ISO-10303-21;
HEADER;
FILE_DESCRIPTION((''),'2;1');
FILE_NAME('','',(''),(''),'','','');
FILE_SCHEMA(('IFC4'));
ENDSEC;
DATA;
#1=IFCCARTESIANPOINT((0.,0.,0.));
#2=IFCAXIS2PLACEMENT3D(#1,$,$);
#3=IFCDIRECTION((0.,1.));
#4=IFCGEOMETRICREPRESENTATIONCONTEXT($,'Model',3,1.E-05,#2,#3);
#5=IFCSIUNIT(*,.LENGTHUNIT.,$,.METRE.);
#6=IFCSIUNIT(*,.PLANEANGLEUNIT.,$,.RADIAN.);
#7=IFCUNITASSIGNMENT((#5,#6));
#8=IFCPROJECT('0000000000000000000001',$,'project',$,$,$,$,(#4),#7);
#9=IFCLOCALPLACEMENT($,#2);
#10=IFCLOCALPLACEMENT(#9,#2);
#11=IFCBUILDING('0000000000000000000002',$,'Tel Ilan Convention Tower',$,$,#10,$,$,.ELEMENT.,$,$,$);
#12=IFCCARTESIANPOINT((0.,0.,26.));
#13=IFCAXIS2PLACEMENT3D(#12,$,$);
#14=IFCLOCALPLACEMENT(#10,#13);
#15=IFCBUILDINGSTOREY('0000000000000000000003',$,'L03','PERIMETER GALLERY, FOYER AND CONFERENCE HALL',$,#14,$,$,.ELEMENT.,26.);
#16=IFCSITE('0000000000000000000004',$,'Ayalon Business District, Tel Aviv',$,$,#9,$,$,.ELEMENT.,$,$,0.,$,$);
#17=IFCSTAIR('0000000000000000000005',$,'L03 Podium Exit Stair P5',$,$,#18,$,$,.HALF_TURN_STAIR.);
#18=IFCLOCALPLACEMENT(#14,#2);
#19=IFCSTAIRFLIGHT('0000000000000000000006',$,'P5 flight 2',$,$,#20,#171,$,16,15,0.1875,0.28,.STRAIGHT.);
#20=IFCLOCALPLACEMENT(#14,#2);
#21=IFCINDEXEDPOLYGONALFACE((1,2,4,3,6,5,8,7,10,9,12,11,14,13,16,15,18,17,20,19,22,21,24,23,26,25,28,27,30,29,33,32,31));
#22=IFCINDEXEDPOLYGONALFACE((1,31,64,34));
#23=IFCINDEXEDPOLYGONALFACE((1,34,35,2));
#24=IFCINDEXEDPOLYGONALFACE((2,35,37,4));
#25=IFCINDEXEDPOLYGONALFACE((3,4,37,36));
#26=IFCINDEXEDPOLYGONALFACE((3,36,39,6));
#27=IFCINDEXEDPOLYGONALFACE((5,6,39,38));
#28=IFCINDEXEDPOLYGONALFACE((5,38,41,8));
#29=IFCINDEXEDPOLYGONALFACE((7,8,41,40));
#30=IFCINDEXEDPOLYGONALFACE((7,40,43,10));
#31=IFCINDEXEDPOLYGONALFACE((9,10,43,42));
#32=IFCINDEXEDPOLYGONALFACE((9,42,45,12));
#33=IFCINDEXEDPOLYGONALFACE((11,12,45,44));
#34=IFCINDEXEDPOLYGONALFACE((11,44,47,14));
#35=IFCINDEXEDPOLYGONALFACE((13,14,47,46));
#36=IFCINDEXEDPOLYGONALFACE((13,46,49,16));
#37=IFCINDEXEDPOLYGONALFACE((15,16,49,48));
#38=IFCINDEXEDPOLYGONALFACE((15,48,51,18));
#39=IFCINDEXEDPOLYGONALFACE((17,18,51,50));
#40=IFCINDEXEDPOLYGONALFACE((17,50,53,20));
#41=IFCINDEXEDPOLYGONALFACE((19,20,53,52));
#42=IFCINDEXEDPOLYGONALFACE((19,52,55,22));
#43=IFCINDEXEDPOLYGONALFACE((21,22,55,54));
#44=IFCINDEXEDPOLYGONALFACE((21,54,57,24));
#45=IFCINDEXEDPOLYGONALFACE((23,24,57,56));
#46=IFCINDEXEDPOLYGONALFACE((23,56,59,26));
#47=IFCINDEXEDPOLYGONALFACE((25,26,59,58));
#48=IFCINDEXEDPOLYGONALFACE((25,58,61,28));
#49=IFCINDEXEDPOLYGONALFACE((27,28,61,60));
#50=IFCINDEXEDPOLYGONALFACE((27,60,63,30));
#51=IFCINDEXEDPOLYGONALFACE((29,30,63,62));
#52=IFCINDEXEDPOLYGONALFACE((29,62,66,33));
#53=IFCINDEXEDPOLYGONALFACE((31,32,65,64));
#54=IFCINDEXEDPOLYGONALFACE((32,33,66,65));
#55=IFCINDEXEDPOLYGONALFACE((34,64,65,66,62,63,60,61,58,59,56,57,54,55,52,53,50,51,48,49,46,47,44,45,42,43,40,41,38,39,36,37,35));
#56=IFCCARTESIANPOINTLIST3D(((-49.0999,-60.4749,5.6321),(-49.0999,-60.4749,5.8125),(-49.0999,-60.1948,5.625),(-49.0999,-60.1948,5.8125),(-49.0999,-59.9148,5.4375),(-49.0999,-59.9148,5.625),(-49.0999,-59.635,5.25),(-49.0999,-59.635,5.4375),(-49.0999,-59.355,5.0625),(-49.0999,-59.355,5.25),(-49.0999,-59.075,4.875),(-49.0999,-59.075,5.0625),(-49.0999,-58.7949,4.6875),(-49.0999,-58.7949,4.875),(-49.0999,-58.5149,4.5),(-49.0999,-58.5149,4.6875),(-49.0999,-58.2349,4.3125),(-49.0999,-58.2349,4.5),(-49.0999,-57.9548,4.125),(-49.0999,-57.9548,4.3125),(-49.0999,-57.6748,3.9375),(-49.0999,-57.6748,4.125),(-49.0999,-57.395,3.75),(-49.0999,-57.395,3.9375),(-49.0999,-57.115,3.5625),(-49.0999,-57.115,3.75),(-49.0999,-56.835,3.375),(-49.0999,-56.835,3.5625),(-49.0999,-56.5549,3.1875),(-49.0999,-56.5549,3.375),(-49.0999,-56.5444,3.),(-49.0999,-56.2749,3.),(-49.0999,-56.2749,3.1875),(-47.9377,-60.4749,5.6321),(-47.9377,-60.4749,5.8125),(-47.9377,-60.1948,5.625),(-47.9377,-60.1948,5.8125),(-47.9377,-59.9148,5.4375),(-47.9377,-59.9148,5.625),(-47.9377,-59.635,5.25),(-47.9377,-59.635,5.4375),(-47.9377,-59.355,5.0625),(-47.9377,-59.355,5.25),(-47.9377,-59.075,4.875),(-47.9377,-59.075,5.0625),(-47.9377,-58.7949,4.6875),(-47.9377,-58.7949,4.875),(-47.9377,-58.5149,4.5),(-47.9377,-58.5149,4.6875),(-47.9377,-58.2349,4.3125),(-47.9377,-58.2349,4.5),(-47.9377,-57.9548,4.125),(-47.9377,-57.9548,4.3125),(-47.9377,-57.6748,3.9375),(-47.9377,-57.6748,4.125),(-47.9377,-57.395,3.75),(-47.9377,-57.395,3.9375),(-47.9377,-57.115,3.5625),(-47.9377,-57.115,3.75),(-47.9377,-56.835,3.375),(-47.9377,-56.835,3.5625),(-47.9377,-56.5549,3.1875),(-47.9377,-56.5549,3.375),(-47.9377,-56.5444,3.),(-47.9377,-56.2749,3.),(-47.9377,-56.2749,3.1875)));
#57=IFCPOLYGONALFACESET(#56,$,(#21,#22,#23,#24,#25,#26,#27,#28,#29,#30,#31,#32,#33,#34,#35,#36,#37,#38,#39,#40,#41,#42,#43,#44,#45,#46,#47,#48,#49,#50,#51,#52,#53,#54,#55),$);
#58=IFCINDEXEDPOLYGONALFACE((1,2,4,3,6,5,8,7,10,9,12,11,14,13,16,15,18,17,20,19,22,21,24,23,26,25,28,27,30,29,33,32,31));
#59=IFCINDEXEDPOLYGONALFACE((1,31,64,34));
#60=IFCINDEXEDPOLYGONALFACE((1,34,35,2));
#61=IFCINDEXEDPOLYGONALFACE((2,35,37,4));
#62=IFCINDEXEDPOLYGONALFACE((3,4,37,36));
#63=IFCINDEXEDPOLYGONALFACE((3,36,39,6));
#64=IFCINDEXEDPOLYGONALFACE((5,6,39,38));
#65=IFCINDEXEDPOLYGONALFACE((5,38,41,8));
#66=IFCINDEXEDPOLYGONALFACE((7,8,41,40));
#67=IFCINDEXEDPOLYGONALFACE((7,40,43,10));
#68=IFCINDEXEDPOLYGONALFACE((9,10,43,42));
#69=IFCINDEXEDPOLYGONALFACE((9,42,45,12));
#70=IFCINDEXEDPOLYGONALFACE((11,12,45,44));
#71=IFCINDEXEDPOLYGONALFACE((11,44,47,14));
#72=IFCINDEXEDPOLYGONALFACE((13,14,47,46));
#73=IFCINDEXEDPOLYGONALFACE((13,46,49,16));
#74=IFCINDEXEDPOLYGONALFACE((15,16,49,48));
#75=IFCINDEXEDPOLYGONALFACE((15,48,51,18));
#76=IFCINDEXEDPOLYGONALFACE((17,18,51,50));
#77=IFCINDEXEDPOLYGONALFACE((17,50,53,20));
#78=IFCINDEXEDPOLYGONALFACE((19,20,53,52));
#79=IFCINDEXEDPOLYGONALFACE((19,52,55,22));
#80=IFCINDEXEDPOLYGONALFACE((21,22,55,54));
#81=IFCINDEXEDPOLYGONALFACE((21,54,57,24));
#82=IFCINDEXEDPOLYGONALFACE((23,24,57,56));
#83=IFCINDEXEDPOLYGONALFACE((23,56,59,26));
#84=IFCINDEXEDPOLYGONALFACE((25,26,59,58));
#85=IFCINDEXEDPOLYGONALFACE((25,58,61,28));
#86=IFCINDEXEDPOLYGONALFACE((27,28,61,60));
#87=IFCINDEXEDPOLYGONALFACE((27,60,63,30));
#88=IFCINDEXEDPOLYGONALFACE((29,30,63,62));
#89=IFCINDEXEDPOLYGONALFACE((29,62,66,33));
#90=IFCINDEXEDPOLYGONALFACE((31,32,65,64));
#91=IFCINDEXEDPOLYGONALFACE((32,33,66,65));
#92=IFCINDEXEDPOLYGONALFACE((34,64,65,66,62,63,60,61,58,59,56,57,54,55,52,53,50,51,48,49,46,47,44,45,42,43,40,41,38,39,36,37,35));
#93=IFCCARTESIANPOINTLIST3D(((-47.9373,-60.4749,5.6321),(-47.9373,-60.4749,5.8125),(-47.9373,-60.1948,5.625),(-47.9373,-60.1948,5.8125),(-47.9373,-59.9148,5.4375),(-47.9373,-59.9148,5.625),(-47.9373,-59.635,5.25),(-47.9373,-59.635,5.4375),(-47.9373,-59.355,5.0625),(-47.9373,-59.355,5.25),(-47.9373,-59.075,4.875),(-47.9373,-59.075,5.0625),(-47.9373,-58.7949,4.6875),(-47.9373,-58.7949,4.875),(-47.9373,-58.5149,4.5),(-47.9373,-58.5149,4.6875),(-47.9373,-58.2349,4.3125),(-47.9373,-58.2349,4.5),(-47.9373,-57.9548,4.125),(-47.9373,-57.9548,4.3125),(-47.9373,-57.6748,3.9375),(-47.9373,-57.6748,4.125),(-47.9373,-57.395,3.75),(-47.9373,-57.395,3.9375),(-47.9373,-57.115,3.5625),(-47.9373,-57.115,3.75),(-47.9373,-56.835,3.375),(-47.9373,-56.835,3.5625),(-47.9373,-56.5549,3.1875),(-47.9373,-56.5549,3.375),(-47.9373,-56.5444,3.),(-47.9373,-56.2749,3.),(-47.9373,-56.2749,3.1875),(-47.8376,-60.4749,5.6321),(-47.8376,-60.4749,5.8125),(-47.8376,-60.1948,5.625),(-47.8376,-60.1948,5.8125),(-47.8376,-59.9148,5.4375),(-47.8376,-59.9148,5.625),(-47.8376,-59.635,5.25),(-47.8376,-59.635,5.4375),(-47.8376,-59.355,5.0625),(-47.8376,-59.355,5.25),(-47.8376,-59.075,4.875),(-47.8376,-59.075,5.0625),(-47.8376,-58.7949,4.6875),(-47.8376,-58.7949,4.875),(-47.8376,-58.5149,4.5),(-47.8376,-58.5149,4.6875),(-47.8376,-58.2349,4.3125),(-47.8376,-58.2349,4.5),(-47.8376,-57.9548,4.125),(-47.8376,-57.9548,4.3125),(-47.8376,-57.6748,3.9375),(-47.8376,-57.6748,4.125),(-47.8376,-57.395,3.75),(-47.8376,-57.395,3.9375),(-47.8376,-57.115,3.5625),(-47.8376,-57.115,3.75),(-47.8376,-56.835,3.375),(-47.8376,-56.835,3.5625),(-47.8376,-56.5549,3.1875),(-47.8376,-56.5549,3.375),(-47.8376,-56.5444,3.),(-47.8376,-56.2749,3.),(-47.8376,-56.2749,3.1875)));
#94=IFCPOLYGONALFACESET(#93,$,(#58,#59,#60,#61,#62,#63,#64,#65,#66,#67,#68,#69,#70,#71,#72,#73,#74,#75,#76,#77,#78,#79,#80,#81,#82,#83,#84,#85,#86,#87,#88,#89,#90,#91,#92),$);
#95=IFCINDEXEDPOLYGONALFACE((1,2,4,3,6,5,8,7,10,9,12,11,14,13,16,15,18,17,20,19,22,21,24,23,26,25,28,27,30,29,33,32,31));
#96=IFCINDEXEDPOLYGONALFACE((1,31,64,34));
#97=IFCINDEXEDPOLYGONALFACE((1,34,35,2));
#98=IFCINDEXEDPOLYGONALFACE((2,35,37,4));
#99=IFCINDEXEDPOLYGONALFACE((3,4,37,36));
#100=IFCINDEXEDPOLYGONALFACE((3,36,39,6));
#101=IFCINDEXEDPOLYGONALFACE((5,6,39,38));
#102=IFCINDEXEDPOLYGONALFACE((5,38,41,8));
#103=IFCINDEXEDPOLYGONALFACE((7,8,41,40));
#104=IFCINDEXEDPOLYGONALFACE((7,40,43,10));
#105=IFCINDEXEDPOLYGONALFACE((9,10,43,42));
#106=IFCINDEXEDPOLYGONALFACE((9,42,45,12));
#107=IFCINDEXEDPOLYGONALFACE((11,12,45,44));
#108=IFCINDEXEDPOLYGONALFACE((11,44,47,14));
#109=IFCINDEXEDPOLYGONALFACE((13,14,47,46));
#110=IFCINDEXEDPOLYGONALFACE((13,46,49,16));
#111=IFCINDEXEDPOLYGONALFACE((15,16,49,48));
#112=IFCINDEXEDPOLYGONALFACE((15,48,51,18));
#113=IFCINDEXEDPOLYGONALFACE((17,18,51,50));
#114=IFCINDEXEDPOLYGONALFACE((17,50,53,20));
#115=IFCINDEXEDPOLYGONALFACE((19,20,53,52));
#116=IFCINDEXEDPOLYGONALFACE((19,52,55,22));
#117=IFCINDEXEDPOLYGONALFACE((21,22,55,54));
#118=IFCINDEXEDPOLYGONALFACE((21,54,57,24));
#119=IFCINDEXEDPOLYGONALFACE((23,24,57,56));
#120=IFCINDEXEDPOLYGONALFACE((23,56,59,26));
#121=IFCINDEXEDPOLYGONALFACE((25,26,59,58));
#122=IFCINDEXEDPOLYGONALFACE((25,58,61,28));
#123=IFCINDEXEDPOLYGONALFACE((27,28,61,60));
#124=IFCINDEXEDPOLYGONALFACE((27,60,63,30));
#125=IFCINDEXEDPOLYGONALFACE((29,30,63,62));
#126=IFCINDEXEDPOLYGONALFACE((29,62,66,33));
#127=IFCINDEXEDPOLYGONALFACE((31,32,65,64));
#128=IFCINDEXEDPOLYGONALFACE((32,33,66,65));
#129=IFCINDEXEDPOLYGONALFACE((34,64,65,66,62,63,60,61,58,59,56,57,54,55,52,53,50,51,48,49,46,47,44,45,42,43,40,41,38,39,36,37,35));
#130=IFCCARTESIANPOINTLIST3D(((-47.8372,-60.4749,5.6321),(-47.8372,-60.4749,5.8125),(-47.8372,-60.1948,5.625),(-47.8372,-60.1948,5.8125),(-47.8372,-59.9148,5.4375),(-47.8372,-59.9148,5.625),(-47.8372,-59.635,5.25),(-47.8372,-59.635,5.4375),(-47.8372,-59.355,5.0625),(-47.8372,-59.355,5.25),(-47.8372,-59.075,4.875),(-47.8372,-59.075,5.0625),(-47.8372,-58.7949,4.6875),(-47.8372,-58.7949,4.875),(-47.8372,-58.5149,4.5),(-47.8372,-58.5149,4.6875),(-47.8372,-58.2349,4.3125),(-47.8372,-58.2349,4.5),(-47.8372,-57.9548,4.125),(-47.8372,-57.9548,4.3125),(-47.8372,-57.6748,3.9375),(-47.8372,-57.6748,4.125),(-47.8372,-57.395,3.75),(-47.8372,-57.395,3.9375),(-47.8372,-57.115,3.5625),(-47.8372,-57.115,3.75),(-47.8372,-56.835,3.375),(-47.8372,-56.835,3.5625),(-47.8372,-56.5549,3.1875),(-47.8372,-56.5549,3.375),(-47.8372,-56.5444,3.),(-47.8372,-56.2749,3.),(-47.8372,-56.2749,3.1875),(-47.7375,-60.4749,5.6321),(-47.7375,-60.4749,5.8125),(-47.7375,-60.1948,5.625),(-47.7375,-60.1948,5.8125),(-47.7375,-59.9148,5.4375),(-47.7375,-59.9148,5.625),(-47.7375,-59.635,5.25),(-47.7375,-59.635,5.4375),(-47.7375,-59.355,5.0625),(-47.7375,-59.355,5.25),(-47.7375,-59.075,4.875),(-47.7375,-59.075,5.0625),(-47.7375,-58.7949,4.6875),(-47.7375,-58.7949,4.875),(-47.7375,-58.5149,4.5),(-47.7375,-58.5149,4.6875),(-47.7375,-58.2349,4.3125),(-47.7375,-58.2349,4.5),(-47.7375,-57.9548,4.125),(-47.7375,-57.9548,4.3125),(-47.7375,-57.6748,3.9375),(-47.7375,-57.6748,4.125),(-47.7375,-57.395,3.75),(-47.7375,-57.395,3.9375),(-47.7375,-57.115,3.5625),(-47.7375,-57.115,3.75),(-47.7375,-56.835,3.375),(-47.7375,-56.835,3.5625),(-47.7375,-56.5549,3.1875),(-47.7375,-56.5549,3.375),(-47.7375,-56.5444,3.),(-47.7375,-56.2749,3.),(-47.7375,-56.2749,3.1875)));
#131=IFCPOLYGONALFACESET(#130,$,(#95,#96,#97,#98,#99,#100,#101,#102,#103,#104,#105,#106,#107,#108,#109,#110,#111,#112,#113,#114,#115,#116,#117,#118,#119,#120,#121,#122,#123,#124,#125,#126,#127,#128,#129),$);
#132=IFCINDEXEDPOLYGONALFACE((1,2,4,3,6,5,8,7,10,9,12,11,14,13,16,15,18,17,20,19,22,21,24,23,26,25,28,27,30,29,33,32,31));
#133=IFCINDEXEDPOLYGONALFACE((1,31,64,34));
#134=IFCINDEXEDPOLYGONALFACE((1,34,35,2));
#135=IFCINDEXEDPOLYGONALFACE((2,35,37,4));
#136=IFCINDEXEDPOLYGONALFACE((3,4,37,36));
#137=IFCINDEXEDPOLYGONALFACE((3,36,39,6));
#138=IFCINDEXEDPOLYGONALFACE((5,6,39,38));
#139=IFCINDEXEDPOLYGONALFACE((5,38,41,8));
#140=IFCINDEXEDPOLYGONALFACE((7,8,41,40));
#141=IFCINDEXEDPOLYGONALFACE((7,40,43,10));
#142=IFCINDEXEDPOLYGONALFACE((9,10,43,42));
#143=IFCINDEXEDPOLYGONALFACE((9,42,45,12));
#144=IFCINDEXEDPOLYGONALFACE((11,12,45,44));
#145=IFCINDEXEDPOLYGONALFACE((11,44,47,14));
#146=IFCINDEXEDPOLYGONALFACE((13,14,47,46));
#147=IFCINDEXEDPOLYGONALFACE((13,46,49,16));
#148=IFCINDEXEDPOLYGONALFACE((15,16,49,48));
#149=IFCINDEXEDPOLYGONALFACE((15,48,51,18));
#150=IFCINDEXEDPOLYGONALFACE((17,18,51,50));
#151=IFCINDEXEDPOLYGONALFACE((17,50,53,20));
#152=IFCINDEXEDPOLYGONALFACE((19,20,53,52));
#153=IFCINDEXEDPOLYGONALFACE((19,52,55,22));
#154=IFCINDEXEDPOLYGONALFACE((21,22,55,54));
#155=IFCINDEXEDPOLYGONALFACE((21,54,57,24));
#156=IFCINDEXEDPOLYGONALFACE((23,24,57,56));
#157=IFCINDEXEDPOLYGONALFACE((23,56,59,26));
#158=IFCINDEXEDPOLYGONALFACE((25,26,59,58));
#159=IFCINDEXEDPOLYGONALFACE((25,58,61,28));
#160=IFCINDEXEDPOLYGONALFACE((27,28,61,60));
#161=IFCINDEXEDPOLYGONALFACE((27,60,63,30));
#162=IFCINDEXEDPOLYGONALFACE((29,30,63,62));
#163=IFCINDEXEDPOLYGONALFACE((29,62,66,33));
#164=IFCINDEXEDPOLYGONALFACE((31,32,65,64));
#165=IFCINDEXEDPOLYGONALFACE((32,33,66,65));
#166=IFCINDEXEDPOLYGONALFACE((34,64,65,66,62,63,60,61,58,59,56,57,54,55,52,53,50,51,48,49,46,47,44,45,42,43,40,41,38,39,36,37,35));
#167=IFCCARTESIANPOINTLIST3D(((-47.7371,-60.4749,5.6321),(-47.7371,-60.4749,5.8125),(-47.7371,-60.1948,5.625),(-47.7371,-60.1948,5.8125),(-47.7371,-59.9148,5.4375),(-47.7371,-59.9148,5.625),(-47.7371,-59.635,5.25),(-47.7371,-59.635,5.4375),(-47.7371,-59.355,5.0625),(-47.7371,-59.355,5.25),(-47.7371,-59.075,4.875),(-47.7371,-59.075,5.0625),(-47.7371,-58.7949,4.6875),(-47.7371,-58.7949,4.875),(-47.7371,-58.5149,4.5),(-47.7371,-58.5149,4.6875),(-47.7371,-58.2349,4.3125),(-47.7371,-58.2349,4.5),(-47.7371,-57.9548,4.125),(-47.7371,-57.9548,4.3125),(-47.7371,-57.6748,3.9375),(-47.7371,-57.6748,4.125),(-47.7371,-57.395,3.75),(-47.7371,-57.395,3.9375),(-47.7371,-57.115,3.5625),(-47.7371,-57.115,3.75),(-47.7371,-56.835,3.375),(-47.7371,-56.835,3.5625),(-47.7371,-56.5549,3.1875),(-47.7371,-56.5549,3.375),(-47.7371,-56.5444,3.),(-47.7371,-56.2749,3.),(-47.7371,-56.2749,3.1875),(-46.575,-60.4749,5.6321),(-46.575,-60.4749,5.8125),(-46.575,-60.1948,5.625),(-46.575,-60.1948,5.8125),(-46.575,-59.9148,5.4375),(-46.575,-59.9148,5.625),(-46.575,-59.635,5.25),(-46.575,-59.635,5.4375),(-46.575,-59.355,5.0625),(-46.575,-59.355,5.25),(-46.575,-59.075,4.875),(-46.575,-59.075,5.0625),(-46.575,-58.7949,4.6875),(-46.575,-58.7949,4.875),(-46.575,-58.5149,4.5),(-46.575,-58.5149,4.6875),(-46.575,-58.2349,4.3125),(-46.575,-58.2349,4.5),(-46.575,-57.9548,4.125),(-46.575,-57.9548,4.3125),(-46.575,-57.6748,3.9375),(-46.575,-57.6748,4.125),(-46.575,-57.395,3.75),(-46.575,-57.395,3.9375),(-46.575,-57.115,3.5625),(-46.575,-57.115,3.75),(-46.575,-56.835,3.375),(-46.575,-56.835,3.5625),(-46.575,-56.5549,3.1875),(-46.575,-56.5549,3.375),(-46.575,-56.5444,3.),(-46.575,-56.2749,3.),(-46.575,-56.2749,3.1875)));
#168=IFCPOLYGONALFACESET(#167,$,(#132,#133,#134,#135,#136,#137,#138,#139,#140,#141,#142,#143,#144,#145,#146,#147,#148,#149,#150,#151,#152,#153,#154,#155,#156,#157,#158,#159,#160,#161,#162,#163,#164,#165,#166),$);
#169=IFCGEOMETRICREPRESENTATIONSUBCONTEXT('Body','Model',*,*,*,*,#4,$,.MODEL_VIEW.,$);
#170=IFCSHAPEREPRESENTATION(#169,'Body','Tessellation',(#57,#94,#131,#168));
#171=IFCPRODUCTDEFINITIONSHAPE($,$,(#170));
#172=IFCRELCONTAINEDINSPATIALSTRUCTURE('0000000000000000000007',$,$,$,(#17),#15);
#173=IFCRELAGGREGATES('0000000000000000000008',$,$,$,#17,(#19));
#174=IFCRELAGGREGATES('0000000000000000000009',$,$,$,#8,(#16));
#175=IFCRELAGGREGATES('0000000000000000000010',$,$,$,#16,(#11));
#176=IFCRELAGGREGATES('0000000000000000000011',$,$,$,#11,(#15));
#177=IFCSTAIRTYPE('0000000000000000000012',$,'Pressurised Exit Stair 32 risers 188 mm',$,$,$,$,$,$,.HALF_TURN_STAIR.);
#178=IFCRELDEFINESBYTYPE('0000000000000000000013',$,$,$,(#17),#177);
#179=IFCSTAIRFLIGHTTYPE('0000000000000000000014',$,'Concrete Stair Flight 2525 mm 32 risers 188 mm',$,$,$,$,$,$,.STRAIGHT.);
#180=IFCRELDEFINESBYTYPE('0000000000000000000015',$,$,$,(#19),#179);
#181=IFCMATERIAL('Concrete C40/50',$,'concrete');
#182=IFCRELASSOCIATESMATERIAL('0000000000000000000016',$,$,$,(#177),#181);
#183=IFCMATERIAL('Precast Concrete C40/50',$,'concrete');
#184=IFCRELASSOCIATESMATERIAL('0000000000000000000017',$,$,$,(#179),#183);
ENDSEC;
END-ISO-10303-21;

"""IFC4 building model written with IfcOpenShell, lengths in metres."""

from ifc_helpers import new_model, si_unit, direction, frame, origin, place, context, subcontext, project, spatial, polyline, outline, extrude, material, type_object, element, aggregate, save


model = new_model("IFC4")

# Units and contexts
model_context = context("Model", 3, precision=1e-05, world=origin(), true_north=direction((0.0, 1.0)))
body_context = subcontext(model_context, "Body", "Model", "MODEL_VIEW")
ifc_project = project(units=[si_unit("LENGTHUNIT", "METRE"), si_unit("PLANEANGLEUNIT", "RADIAN")], contexts=[model_context])

# Site, building, storey
site_placement = place(None, origin())
site = spatial("IfcSite", under=ifc_project, at=site_placement, Name="Ayalon Business District, Tel Aviv", CompositionType="ELEMENT", RefElevation=0.0)
building_placement = place(site_placement, origin())
building = spatial("IfcBuilding", under=site, at=building_placement, Name="Tel Ilan Convention Tower", CompositionType="ELEMENT")
storey_placement = place(building_placement, frame((0.0, 0.0, 26.0)))
storey = spatial("IfcBuildingStorey", under=building, at=storey_placement, Name="L03", Description="PERIMETER GALLERY, FOYER AND CONFERENCE HALL", CompositionType="ELEMENT", Elevation=26.0)

# Stair, stair flight
ifc_material_1 = material(Name="Concrete C40/50", Category="concrete")
stair_type = type_object("IfcStairType", Name="Pressurised Exit Stair 32 risers 188 mm", PredefinedType="HALF_TURN_STAIR", material=ifc_material_1)
stair_1_placement = place(storey_placement, origin())
stair_1 = element("IfcStair", 1, at=stair_1_placement, inside=storey, type_object=stair_type, Name="L03 Podium Exit Stair P5", PredefinedType="HALF_TURN_STAIR")
ifc_material_2 = material(Name="Precast Concrete C40/50", Category="concrete")
stair_flight_type = type_object("IfcStairFlightType", Name="Concrete Stair Flight 2525 mm 32 risers 188 mm", PredefinedType="STRAIGHT", material=ifc_material_2)
stair_flight_1_placement = place(storey_placement, frame((-47.8374, -56.2749, 3.0), z_axis=(0.0, 0.0, 1.0), x_axis=(0.0, -1.0, 0.0)))
stair_flight_1 = element("IfcStairFlight", 2, at=stair_flight_1_placement, type_object=stair_flight_type, Name="P5 flight 2", NumberOfRisers=16, NumberOfTreads=15, PredefinedType="STRAIGHT", RiserHeight=0.1875, TreadLength=0.28, context=body_context, shape_type="SweptSolid", body=[
    extrude(outline(polyline([(0.0, 0.0), (0.0, 0.1875), (0.28, 0.1875), (0.28, 0.375), (0.5601, 0.375), (0.5601, 0.5625), (0.8401, 0.5625), (0.8401, 0.75), (1.1201, 0.75), (1.1201, 0.9375), (1.3999, 0.9375), (1.3999, 1.125), (1.6799, 1.125), (1.6799, 1.3125), (1.96, 1.3125), (1.96, 1.5), (2.24, 1.5), (2.24, 1.6875), (2.52, 1.6875), (2.52, 1.875), (2.8, 1.875), (2.8, 2.0625), (3.0801, 2.0625), (3.0801, 2.25), (3.3601, 2.25), (3.3601, 2.4375), (3.6399, 2.4375), (3.6399, 2.625), (3.9199, 2.625), (3.9199, 2.8125), (4.2, 2.8125), (4.2, 3.0), (4.2, 2.6321), (0.2695, 0.0), (0.0, 0.0)])), frame((0.0, -0.1003, 0.0), z_axis=(0.0, -1.0, 0.0), x_axis=(1.0, 0.0, 0.0)), (0.0, 0.0, 1.0), 1.1621),
    extrude(outline(polyline([(0.0, 0.0), (0.0, 0.1875), (0.28, 0.1875), (0.28, 0.375), (0.5601, 0.375), (0.5601, 0.5625), (0.8401, 0.5625), (0.8401, 0.75), (1.1201, 0.75), (1.1201, 0.9375), (1.3999, 0.9375), (1.3999, 1.125), (1.6799, 1.125), (1.6799, 1.3125), (1.96, 1.3125), (1.96, 1.5), (2.24, 1.5), (2.24, 1.6875), (2.52, 1.6875), (2.52, 1.875), (2.8, 1.875), (2.8, 2.0625), (3.0801, 2.0625), (3.0801, 2.25), (3.3601, 2.25), (3.3601, 2.4375), (3.6399, 2.4375), (3.6399, 2.625), (3.9199, 2.625), (3.9199, 2.8125), (4.2, 2.8125), (4.2, 3.0), (4.2, 2.6321), (0.2695, 0.0), (0.0, 0.0)])), frame((0.0, -0.0002, 0.0), z_axis=(0.0, -1.0, 0.0), x_axis=(1.0, 0.0, 0.0)), (0.0, 0.0, 1.0), 0.0996),
    extrude(outline(polyline([(0.0, 0.0), (0.0, 0.1875), (0.28, 0.1875), (0.28, 0.375), (0.5601, 0.375), (0.5601, 0.5625), (0.8401, 0.5625), (0.8401, 0.75), (1.1201, 0.75), (1.1201, 0.9375), (1.3999, 0.9375), (1.3999, 1.125), (1.6799, 1.125), (1.6799, 1.3125), (1.96, 1.3125), (1.96, 1.5), (2.24, 1.5), (2.24, 1.6875), (2.52, 1.6875), (2.52, 1.875), (2.8, 1.875), (2.8, 2.0625), (3.0801, 2.0625), (3.0801, 2.25), (3.3601, 2.25), (3.3601, 2.4375), (3.6399, 2.4375), (3.6399, 2.625), (3.9199, 2.625), (3.9199, 2.8125), (4.2, 2.8125), (4.2, 3.0), (4.2, 2.6321), (0.2695, 0.0), (0.0, 0.0)])), frame((0.0, 0.0999, 0.0), z_axis=(0.0, -1.0, 0.0), x_axis=(1.0, 0.0, 0.0)), (0.0, 0.0, 1.0), 0.0996),
    extrude(outline(polyline([(0.0, 0.0), (0.0, 0.1875), (0.28, 0.1875), (0.28, 0.375), (0.5601, 0.375), (0.5601, 0.5625), (0.8401, 0.5625), (0.8401, 0.75), (1.1201, 0.75), (1.1201, 0.9375), (1.3999, 0.9375), (1.3999, 1.125), (1.6799, 1.125), (1.6799, 1.3125), (1.96, 1.3125), (1.96, 1.5), (2.24, 1.5), (2.24, 1.6875), (2.52, 1.6875), (2.52, 1.875), (2.8, 1.875), (2.8, 2.0625), (3.0801, 2.0625), (3.0801, 2.25), (3.3601, 2.25), (3.3601, 2.4375), (3.6399, 2.4375), (3.6399, 2.625), (3.9199, 2.625), (3.9199, 2.8125), (4.2, 2.8125), (4.2, 3.0), (4.2, 2.6321), (0.2695, 0.0), (0.0, 0.0)])), frame((0.0, 1.2625, 0.0), z_axis=(0.0, -1.0, 0.0), x_axis=(1.0, 0.0, 0.0)), (0.0, 0.0, 1.0), 1.1621),
])
aggregate(stair_1, [stair_flight_1])

save(model, "model.ifc")
